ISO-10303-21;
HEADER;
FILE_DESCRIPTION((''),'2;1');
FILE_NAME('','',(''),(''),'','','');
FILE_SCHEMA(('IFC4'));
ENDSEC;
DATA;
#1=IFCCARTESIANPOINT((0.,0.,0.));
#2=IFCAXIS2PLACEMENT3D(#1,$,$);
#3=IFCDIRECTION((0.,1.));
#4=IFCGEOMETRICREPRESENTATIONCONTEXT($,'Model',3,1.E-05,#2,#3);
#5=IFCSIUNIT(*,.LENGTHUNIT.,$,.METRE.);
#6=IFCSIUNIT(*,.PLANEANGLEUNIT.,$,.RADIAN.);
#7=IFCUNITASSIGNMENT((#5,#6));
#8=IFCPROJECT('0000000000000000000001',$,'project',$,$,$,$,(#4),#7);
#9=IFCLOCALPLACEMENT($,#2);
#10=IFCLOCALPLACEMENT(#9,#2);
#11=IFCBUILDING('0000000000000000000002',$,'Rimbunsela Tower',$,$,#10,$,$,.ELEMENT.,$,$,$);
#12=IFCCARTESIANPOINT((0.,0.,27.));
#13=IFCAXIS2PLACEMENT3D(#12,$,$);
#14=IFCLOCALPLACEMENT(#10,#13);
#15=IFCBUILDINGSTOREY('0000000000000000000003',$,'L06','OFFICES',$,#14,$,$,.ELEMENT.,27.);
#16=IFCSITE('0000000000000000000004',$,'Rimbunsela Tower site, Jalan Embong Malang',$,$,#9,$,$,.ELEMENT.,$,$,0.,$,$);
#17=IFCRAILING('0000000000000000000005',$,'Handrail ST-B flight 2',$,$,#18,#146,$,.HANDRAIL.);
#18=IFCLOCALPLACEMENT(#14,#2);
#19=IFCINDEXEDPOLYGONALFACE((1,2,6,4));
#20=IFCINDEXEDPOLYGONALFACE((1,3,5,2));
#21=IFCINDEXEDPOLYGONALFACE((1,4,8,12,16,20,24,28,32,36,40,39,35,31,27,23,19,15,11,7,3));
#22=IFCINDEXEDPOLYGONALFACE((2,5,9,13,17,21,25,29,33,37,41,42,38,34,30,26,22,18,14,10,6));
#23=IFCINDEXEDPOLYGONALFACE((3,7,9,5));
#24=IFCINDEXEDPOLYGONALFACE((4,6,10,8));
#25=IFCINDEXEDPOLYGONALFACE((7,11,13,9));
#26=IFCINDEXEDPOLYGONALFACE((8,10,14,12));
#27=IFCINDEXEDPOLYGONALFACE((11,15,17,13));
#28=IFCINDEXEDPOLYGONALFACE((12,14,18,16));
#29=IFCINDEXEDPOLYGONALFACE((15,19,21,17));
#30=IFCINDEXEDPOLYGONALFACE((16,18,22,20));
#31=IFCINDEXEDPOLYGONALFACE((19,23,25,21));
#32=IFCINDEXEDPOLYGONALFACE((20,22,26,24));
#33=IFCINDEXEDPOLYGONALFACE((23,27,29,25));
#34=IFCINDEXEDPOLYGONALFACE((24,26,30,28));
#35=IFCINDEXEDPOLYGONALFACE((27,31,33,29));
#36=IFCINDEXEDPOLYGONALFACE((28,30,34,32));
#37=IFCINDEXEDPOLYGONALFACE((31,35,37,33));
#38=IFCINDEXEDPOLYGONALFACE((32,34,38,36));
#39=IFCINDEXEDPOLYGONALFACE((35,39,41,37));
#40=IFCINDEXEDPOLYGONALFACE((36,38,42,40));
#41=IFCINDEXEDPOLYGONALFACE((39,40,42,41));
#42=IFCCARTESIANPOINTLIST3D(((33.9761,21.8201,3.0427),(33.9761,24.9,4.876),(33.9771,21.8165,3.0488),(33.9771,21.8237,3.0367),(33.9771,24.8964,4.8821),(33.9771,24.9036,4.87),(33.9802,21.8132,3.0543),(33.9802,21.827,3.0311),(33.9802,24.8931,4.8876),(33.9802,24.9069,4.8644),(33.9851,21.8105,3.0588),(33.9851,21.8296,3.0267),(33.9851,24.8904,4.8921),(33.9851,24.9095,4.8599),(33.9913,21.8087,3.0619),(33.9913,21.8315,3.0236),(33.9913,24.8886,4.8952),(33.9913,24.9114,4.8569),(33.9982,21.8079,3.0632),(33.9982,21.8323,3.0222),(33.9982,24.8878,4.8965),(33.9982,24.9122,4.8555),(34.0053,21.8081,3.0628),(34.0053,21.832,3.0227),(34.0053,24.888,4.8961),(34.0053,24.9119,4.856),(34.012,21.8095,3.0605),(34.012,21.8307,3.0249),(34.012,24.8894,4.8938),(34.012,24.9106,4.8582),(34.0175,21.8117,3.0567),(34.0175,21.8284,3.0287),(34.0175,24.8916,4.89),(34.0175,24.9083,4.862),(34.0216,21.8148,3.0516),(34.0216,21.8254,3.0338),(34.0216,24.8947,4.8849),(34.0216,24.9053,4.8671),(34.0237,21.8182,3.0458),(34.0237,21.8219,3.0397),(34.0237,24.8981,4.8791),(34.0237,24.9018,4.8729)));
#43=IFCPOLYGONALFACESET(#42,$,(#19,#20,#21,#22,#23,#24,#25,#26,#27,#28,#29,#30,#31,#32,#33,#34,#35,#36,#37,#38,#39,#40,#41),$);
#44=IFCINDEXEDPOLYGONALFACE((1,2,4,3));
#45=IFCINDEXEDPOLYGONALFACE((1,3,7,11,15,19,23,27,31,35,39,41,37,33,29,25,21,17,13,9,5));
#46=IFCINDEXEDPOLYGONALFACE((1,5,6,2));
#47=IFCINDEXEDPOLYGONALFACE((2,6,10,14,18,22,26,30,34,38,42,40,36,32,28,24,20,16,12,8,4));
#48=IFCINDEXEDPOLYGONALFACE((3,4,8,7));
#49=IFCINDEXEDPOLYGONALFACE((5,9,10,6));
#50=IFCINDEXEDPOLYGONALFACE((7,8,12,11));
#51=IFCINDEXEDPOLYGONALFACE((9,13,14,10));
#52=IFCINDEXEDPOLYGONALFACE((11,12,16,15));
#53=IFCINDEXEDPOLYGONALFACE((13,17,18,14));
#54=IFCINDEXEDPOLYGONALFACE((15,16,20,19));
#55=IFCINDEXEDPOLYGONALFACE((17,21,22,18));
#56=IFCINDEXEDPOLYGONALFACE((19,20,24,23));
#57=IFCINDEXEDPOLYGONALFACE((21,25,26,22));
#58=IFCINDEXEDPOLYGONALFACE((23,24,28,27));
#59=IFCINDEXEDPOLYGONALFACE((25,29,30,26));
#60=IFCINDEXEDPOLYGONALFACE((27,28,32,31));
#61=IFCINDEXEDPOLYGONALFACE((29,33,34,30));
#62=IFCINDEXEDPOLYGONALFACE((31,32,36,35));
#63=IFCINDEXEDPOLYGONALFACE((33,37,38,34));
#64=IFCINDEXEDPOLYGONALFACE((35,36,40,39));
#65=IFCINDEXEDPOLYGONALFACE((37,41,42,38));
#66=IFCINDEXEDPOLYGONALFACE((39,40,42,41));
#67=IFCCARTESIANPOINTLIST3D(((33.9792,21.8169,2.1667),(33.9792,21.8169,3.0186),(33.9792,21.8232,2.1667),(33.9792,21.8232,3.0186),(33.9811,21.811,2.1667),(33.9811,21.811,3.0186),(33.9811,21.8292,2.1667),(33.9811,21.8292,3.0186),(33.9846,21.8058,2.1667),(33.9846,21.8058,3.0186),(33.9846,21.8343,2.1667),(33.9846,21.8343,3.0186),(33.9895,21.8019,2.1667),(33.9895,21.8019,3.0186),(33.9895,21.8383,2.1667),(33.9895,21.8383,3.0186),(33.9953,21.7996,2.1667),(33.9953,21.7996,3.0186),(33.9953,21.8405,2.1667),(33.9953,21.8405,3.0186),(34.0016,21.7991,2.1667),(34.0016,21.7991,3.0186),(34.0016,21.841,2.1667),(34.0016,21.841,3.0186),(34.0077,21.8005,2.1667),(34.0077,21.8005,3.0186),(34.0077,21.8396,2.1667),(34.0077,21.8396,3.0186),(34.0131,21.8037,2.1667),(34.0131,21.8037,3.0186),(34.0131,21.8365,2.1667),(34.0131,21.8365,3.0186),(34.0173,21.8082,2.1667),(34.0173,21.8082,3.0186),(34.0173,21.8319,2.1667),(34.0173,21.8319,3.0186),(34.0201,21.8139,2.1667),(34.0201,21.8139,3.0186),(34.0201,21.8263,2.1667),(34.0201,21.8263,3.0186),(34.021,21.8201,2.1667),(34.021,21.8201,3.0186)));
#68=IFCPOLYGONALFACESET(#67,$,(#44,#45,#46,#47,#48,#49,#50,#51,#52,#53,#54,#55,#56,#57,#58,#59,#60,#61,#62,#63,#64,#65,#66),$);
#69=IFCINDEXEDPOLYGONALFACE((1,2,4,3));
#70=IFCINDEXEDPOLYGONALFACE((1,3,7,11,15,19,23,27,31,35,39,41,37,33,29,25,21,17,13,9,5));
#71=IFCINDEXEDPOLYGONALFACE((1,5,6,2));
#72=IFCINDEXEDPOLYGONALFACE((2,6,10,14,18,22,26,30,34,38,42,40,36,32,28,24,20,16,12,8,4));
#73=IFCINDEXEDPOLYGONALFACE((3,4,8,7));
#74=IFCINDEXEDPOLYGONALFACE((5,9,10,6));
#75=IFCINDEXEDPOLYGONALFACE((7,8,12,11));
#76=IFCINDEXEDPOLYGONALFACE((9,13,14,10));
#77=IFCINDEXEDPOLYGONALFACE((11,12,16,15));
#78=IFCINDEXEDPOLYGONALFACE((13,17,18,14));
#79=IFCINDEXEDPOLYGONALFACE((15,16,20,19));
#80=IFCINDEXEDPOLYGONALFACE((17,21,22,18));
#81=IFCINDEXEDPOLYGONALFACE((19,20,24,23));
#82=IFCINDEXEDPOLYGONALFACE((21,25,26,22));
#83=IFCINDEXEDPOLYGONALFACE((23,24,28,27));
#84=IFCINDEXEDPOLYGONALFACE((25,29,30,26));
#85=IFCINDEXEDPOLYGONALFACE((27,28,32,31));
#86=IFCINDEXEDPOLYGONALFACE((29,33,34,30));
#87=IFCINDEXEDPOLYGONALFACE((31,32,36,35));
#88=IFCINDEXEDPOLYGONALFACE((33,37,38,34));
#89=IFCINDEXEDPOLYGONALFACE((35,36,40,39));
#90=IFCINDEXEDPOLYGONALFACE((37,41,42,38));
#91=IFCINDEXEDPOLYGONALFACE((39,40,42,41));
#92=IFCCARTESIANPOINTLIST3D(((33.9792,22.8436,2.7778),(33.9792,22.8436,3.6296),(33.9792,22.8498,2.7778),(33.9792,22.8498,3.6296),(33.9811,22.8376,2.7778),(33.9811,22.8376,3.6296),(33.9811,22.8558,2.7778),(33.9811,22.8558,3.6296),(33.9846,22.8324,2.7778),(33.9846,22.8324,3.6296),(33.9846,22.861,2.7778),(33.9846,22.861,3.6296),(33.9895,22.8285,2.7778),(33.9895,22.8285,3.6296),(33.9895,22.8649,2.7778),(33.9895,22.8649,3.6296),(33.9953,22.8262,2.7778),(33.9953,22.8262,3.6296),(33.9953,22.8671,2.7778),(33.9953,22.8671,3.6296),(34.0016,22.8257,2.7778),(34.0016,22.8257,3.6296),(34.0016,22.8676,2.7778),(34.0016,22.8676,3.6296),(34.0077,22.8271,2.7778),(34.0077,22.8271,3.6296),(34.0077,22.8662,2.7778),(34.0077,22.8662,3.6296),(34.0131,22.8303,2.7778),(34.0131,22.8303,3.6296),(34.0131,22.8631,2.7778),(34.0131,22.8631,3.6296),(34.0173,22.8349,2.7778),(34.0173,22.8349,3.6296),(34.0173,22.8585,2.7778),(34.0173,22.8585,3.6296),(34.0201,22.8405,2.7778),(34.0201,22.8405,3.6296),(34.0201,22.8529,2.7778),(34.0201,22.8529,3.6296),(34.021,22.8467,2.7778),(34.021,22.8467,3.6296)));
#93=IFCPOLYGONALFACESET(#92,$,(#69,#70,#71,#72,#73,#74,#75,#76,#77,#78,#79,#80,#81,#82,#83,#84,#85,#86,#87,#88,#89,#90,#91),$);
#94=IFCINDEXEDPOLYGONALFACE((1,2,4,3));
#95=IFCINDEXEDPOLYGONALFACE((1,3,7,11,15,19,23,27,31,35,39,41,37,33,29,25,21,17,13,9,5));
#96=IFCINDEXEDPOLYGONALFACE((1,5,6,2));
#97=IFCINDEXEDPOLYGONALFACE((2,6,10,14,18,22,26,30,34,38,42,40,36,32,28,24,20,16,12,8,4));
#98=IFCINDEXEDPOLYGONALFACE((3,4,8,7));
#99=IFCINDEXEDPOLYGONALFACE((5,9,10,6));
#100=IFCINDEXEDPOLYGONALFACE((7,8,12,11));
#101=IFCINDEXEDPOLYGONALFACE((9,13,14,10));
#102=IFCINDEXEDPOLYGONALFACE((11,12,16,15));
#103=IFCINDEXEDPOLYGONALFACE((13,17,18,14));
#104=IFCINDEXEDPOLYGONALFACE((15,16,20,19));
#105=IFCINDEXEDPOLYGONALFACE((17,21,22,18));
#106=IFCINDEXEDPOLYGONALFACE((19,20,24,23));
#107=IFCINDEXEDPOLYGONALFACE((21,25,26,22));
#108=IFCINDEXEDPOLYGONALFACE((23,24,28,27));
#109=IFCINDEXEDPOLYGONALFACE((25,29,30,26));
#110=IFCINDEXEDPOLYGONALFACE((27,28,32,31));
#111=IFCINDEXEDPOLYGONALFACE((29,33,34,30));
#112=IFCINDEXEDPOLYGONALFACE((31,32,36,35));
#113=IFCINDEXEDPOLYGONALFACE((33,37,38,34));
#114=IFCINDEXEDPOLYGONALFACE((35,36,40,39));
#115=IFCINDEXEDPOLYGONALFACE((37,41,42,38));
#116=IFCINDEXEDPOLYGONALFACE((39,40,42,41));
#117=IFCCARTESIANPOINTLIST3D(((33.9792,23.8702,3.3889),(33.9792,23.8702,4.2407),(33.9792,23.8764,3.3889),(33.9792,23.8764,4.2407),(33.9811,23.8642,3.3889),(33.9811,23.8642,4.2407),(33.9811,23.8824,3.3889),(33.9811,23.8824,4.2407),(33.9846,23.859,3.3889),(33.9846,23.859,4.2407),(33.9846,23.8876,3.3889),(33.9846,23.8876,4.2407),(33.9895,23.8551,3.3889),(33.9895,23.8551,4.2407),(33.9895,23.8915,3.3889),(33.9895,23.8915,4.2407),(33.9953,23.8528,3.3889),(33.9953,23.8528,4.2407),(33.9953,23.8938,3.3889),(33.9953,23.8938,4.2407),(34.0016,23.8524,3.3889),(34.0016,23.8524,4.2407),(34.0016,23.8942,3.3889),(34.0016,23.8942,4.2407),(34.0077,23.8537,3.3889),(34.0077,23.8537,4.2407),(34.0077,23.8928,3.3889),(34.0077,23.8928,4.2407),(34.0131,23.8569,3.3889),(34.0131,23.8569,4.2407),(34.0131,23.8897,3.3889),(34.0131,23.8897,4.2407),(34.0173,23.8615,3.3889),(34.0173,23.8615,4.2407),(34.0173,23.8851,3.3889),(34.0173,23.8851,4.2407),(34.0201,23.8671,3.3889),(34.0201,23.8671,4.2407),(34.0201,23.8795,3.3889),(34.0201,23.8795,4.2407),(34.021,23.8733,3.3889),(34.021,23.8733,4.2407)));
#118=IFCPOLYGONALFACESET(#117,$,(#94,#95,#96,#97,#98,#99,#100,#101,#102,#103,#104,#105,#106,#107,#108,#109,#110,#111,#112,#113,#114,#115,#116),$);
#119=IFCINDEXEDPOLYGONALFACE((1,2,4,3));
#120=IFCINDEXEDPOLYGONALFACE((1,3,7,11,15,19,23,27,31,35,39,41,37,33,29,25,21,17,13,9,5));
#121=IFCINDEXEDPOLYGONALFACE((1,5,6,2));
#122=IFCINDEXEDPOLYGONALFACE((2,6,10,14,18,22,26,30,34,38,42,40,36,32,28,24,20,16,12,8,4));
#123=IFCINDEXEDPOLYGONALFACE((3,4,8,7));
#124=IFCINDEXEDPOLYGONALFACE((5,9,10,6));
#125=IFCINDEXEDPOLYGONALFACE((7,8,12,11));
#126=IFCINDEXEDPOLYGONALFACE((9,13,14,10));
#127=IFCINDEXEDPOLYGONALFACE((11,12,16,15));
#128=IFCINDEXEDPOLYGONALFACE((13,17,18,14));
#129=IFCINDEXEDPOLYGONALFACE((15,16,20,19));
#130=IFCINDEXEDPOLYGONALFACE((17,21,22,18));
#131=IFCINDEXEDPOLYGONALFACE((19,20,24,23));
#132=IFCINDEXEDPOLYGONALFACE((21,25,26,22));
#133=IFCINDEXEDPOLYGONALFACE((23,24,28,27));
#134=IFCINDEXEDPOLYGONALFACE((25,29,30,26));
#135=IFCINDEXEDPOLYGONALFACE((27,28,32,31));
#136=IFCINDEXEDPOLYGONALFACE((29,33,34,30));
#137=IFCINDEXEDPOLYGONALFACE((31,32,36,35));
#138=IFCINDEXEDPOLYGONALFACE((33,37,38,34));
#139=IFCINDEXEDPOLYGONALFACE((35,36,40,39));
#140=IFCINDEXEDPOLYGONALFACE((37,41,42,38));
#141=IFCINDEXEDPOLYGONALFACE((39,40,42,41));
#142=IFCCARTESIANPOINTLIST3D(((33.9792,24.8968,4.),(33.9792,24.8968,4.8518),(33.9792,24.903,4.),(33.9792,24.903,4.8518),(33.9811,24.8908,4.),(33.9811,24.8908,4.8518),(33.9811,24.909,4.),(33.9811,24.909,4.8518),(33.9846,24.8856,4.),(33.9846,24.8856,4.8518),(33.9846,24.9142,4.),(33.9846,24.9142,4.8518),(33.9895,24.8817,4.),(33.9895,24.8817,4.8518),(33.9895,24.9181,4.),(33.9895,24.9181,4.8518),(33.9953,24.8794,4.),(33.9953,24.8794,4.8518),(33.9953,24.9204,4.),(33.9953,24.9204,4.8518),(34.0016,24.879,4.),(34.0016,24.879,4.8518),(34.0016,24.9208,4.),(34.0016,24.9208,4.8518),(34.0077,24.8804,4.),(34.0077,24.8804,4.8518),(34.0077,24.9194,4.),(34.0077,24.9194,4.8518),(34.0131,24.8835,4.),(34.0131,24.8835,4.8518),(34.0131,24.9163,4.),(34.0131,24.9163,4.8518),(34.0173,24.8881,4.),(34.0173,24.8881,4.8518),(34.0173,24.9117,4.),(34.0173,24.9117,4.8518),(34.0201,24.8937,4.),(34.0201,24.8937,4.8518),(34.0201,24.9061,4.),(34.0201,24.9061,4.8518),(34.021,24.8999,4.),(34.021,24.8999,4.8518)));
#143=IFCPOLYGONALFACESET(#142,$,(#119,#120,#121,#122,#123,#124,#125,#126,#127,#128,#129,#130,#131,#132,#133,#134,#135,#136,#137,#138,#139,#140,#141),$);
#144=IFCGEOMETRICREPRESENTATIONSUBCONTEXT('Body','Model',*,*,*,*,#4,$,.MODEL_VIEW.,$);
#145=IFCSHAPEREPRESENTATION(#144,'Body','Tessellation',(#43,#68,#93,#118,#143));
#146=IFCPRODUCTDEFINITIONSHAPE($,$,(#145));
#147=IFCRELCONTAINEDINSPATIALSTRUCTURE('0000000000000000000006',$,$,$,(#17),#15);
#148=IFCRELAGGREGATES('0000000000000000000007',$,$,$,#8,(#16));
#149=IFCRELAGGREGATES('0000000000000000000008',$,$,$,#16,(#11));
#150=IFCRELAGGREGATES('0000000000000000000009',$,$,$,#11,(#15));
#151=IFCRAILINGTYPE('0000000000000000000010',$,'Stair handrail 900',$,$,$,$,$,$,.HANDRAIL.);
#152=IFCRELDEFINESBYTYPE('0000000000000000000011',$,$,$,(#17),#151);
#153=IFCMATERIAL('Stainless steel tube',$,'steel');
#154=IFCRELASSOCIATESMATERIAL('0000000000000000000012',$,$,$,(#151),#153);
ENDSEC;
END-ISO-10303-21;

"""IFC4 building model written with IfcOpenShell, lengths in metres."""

from ifc_helpers import new_model, si_unit, direction, frame, origin, origin_2d, place, context, subcontext, project, spatial, circle, extrude, material, type_object, element, save


model = new_model("IFC4")

# Units and contexts
model_context = context("Model", 3, precision=1e-05, world=origin(), true_north=direction((0.0, 1.0)))
body_context = subcontext(model_context, "Body", "Model", "MODEL_VIEW")
ifc_project = project(units=[si_unit("LENGTHUNIT", "METRE"), si_unit("PLANEANGLEUNIT", "RADIAN")], contexts=[model_context])

# Site, building, storey
site_placement = place(None, origin())
site = spatial("IfcSite", under=ifc_project, at=site_placement, Name="Rimbunsela Tower site, Jalan Embong Malang", CompositionType="ELEMENT", RefElevation=0.0)
building_placement = place(site_placement, origin())
building = spatial("IfcBuilding", under=site, at=building_placement, Name="Rimbunsela Tower", CompositionType="ELEMENT")
storey_placement = place(building_placement, frame((0.0, 0.0, 27.0)))
storey = spatial("IfcBuildingStorey", under=building, at=storey_placement, Name="L06", Description="OFFICES", CompositionType="ELEMENT", Elevation=27.0)

# Railing
ifc_material_1 = material(Name="Stainless steel tube", Category="steel")
railing_type = type_object("IfcRailingType", Name="Stair handrail 900", PredefinedType="HANDRAIL", material=ifc_material_1)
railing_1_placement = place(storey_placement, frame((34.0, 21.8201, 2.1667)))
element("IfcRailing", 1, at=railing_1_placement, inside=storey, type_object=railing_type, Name="Handrail ST-B flight 2", PredefinedType="HANDRAIL", context=body_context, shape_type="SweptSolid", body=[
    extrude(circle(Radius=0.0239, at=origin_2d()), frame((0.0, 0.0, 0.876), z_axis=(0.0, 0.859291, 0.511487), x_axis=(-1.0, 0.0, 0.0)), (0.0, 0.0, 1.0), 3.5842),
    extrude(circle(Radius=0.021, at=origin_2d()), origin(), (0.0, 0.0, 1.0), 0.8518),
    extrude(circle(Radius=0.021, at=origin_2d()), frame((0.0, 1.0266, 0.6111)), (0.0, 0.0, 1.0), 0.8518),
    extrude(circle(Radius=0.021, at=origin_2d()), frame((0.0, 2.0532, 1.2222)), (0.0, 0.0, 1.0), 0.8518),
    extrude(circle(Radius=0.021, at=origin_2d()), frame((0.0, 3.0798, 1.8333)), (0.0, 0.0, 1.0), 0.8518),
])

save(model, "model.ifc")
